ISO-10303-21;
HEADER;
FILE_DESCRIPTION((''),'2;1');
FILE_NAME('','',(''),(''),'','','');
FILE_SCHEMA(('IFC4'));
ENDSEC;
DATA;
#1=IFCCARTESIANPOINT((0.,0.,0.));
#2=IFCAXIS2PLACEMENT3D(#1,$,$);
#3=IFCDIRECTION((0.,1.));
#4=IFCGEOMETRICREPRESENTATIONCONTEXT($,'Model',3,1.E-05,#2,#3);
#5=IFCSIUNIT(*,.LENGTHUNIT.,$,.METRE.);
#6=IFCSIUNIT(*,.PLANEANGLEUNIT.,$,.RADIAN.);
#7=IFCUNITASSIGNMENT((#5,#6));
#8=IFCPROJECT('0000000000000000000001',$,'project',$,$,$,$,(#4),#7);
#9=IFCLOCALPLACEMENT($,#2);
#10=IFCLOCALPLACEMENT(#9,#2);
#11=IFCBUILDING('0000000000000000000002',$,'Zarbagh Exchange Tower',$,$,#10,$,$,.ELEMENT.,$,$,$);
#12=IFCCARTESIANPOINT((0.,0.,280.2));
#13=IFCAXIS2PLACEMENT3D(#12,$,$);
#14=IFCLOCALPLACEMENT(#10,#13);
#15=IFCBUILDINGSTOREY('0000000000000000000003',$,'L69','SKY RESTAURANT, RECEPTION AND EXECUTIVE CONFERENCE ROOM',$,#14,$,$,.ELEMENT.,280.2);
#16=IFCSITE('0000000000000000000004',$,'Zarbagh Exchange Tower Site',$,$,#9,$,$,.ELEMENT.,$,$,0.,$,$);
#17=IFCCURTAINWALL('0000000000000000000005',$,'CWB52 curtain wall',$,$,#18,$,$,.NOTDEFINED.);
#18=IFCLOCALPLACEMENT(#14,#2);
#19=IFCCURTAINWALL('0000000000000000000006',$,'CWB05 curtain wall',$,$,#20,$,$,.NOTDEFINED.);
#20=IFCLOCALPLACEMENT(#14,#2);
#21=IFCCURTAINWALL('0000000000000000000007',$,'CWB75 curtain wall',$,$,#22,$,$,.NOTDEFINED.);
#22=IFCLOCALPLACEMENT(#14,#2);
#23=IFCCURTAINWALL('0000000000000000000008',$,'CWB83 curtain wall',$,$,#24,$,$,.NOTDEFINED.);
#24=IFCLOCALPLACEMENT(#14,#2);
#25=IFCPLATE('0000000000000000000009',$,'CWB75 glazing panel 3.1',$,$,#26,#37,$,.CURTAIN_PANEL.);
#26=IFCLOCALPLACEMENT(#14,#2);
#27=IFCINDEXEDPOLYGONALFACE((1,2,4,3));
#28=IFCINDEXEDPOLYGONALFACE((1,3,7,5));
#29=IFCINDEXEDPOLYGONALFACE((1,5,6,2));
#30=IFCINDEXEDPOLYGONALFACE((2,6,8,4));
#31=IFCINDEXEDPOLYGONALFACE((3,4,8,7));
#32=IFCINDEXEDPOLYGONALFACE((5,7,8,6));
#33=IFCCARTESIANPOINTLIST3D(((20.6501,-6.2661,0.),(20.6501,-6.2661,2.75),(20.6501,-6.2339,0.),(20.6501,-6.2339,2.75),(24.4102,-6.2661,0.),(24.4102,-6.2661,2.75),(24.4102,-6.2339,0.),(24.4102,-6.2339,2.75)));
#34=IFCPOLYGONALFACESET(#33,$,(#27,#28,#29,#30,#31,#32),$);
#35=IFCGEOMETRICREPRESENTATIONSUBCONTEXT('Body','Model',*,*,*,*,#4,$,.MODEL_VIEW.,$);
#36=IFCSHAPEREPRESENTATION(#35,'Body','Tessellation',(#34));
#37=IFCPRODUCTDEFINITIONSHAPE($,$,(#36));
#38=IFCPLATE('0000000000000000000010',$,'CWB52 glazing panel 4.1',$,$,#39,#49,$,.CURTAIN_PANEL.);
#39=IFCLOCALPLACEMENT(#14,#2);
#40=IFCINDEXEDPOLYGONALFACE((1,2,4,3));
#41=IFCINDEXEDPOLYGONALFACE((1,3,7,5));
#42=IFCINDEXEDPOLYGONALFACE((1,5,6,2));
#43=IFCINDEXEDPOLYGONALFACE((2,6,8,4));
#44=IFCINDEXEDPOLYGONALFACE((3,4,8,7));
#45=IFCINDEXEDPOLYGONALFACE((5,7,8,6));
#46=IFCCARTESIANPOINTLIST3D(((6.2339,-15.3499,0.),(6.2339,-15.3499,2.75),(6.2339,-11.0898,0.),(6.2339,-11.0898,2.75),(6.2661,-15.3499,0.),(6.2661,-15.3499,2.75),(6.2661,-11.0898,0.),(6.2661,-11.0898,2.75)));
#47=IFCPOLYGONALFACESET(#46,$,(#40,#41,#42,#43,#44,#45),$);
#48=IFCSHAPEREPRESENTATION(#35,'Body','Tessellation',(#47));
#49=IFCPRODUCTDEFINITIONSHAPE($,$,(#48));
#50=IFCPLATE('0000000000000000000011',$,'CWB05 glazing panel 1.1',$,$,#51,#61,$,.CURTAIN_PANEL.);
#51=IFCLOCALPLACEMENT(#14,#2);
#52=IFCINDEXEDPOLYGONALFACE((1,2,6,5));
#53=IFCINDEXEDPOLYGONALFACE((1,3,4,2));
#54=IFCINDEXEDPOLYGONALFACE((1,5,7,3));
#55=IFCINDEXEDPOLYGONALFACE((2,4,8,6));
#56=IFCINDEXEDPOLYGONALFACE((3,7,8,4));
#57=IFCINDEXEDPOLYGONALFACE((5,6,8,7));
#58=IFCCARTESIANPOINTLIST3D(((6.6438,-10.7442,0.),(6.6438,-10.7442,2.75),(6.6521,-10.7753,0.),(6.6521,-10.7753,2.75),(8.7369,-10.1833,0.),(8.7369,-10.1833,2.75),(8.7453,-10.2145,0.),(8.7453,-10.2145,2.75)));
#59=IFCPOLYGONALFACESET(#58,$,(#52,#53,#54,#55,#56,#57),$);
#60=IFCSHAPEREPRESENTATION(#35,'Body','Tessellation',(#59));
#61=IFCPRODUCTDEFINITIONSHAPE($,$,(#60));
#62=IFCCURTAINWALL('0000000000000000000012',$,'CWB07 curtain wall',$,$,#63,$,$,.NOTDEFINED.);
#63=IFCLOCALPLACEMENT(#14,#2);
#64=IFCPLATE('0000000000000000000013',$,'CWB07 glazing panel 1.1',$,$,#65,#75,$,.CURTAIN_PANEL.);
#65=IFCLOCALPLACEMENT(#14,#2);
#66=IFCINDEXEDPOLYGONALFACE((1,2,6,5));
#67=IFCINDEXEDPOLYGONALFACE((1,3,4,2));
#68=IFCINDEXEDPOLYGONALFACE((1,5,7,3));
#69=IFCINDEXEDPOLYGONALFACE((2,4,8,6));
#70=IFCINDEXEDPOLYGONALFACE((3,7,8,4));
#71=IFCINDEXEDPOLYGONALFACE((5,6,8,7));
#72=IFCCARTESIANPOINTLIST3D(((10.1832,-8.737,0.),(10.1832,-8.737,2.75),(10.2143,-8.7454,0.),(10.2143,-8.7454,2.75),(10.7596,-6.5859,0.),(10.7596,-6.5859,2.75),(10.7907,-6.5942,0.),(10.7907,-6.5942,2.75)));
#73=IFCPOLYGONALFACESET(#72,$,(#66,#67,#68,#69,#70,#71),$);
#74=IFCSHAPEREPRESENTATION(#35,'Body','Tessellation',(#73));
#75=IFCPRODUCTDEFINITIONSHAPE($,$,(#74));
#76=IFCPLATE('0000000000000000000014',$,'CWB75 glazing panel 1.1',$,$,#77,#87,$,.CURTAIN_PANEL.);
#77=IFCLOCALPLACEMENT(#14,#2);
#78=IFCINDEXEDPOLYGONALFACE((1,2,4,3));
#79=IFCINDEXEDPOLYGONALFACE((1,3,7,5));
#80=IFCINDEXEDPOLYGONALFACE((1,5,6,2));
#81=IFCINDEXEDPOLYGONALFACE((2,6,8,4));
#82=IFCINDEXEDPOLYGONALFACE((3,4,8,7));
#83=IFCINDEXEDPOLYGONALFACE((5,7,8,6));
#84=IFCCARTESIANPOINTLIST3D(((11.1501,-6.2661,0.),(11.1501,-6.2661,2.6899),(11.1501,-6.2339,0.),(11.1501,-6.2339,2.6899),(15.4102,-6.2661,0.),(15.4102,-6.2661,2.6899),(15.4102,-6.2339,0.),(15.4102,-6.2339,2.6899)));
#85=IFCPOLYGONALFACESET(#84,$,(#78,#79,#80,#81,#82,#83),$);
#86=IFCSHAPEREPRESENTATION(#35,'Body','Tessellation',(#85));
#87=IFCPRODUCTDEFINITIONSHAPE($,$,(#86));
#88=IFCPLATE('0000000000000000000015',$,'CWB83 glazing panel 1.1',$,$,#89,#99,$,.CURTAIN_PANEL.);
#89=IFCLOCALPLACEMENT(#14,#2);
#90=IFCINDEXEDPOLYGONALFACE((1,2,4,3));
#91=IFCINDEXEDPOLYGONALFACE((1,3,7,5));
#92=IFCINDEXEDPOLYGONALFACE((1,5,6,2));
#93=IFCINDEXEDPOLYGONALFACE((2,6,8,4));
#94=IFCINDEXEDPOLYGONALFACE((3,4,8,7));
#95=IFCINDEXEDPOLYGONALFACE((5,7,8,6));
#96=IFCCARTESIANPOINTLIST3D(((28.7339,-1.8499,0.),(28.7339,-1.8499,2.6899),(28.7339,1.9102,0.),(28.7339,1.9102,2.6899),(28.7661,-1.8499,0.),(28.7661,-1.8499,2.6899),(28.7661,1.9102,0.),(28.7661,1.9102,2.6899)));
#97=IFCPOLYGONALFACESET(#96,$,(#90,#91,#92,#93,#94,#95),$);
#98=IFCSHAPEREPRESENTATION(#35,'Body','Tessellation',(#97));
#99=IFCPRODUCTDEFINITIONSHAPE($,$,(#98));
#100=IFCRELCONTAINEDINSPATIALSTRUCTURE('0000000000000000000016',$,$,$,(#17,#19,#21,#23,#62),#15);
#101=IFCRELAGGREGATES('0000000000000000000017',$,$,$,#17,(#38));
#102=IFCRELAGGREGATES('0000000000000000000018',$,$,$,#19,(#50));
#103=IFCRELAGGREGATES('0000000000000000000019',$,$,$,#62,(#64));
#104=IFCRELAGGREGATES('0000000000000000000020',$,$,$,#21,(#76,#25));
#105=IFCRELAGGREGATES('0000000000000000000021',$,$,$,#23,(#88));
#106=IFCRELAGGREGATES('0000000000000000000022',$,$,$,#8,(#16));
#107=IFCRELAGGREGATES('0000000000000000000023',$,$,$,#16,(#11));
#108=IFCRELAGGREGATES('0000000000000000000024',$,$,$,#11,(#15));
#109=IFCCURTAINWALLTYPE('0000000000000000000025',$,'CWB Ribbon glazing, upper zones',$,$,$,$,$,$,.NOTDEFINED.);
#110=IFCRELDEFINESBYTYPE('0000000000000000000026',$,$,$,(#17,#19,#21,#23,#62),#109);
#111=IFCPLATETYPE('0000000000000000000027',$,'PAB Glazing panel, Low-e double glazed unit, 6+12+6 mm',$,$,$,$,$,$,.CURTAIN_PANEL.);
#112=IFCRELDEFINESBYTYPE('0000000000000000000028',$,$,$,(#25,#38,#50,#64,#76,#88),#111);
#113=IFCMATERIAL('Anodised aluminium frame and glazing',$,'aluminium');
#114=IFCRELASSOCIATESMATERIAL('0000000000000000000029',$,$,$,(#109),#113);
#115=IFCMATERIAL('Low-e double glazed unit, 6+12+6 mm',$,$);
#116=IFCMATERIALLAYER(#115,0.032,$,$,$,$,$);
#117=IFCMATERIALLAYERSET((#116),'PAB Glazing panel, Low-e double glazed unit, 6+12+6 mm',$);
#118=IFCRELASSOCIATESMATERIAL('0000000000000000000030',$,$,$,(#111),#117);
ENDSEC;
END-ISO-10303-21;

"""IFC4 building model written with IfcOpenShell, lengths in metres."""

from ifc_helpers import new_model, si_unit, direction, frame, origin, place, context, subcontext, project, spatial, polyline, outline, extrude, source, transform, mapped, material, layer, layer_set, type_object, element, aggregate, save


model = new_model("IFC4")

# Units and contexts
model_context = context("Model", 3, precision=1e-05, world=origin(), true_north=direction((0.0, 1.0)))
body_context = subcontext(model_context, "Body", "Model", "MODEL_VIEW")
ifc_project = project(units=[si_unit("LENGTHUNIT", "METRE"), si_unit("PLANEANGLEUNIT", "RADIAN")], contexts=[model_context])

# Site, building, storey
site_placement = place(None, origin())
site = spatial("IfcSite", under=ifc_project, at=site_placement, Name="Zarbagh Exchange Tower Site", CompositionType="ELEMENT", RefElevation=0.0)
building_placement = place(site_placement, origin())
building = spatial("IfcBuilding", under=site, at=building_placement, Name="Zarbagh Exchange Tower", CompositionType="ELEMENT")
storey_placement = place(building_placement, frame((0.0, 0.0, 280.2)))
storey = spatial("IfcBuildingStorey", under=building, at=storey_placement, Name="L69", Description="SKY RESTAURANT, RECEPTION AND EXECUTIVE CONFERENCE ROOM", CompositionType="ELEMENT", Elevation=280.2)

# Curtain walls
ifc_material_1 = material(Name="Anodised aluminium frame and glazing", Category="aluminium")
curtain_wall_type = type_object("IfcCurtainWallType", Name="CWB Ribbon glazing, upper zones", PredefinedType="NOTDEFINED", material=ifc_material_1)
curtain_wall_1_placement = place(storey_placement, origin())
curtain_wall_1 = element("IfcCurtainWall", 1, at=curtain_wall_1_placement, inside=storey, type_object=curtain_wall_type, Name="CWB52 curtain wall", PredefinedType="NOTDEFINED")
placement = place(storey_placement, origin())
curtain_wall_2_placement = place(storey_placement, origin())
curtain_wall_2 = element("IfcCurtainWall", 2, at=curtain_wall_2_placement, inside=storey, type_object=curtain_wall_type, Name="CWB05 curtain wall", PredefinedType="NOTDEFINED")

# Curtain wall
curtain_wall_3_placement = place(storey_placement, origin())
curtain_wall_3 = element("IfcCurtainWall", 3, at=curtain_wall_3_placement, inside=storey, type_object=curtain_wall_type, Name="CWB75 curtain wall", PredefinedType="NOTDEFINED")

# Curtain wall
curtain_wall_4_placement = place(storey_placement, origin())
curtain_wall_4 = element("IfcCurtainWall", 4, at=curtain_wall_4_placement, inside=storey, type_object=curtain_wall_type, Name="CWB83 curtain wall", PredefinedType="NOTDEFINED")

# Shared definitions
ifc_material_2 = material(Name="Low-e double glazed unit, 6+12+6 mm")
ifc_layer = layer(ifc_material_2, 0.032)
ifc_layer_set = layer_set([ifc_layer], Name="PAB Glazing panel, Low-e double glazed unit, 6+12+6 mm")
plate_type = type_object("IfcPlateType", Name="PAB Glazing panel, Low-e double glazed unit, 6+12+6 mm", PredefinedType="CURTAIN_PANEL", material=ifc_layer_set)

# Plates
shared_shape_1 = source(origin(), body_context, "Body", "SweptSolid", [
    extrude(outline(polyline([(0.0, -0.0161), (3.76, -0.0161), (3.76, 0.0161), (0.0, 0.0161), (0.0, -0.0161)])), origin(), (0.0, 0.0, 1.0), 2.75),
])
plate_1 = element("IfcPlate", 5, at=placement, type_object=plate_type, Name="CWB75 glazing panel 3.1", PredefinedType="CURTAIN_PANEL", context=body_context, shape_type="MappedRepresentation", body=[
    mapped(shared_shape_1, transform((20.6501, -6.25, 0.0), x_axis=(1.0, 0.0, 0.0), y_axis=(0.0, 1.0, 0.0), z_axis=(0.0, 0.0, 1.0))),
])
shared_shape_2 = source(origin(), body_context, "Body", "SweptSolid", [
    extrude(outline(polyline([(0.0, -0.0161), (4.26, -0.0161), (4.26, 0.0161), (0.0, 0.0161), (0.0, -0.0161)])), origin(), (0.0, 0.0, 1.0), 2.75),
])
plate_2 = element("IfcPlate", 6, at=placement, type_object=plate_type, Name="CWB52 glazing panel 4.1", PredefinedType="CURTAIN_PANEL", context=body_context, shape_type="MappedRepresentation", body=[
    mapped(shared_shape_2, transform((6.25, -15.3499, 0.0), x_axis=(0.0, 1.0, 0.0), y_axis=(-1.0, 0.0, 0.0), z_axis=(0.0, 0.0, 1.0))),
])
aggregate(curtain_wall_1, [plate_2])
shared_shape_3 = source(origin(), body_context, "Body", "SweptSolid", [
    extrude(outline(polyline([(0.0, -0.0161), (2.167, -0.0161), (2.167, 0.0161), (0.0, 0.0161), (0.0, -0.0161)])), origin(), (0.0, 0.0, 1.0), 2.75),
])
plate_3 = element("IfcPlate", 7, at=placement, type_object=plate_type, Name="CWB05 glazing panel 1.1", PredefinedType="CURTAIN_PANEL", context=body_context, shape_type="MappedRepresentation", body=[
    mapped(shared_shape_3, transform((6.6479, -10.7598, 0.0), x_axis=(0.965924, 0.258825, 0.0), y_axis=(-0.258825, 0.965924, 0.0), z_axis=(0.0, 0.0, 1.0))),
])
aggregate(curtain_wall_2, [plate_3])

# Curtain wall, plate
curtain_wall_5_placement = place(storey_placement, origin())
curtain_wall_5 = element("IfcCurtainWall", 8, at=curtain_wall_5_placement, inside=storey, type_object=curtain_wall_type, Name="CWB07 curtain wall", PredefinedType="NOTDEFINED")
shared_shape_4 = source(origin(), body_context, "Body", "SweptSolid", [
    extrude(outline(polyline([(0.0, -0.0161), (2.2271, -0.0161), (2.2271, 0.0161), (0.0, 0.0161), (0.0, -0.0161)])), origin(), (0.0, 0.0, 1.0), 2.75),
])
plate_4 = element("IfcPlate", 9, at=placement, type_object=plate_type, Name="CWB07 glazing panel 1.1", PredefinedType="CURTAIN_PANEL", context=body_context, shape_type="MappedRepresentation", body=[
    mapped(shared_shape_4, transform((10.1987, -8.7412, 0.0), x_axis=(0.258825, 0.965924, 0.0), y_axis=(-0.965924, 0.258825, 0.0), z_axis=(0.0, 0.0, 1.0))),
])
aggregate(curtain_wall_5, [plate_4])

# Plates
shared_shape_5 = source(origin(), body_context, "Body", "SweptSolid", [
    extrude(outline(polyline([(0.0, -0.0161), (4.26, -0.0161), (4.26, 0.0161), (0.0, 0.0161), (0.0, -0.0161)])), origin(), (0.0, 0.0, 1.0), 2.6899),
])
plate_5 = element("IfcPlate", 10, at=placement, type_object=plate_type, Name="CWB75 glazing panel 1.1", PredefinedType="CURTAIN_PANEL", context=body_context, shape_type="MappedRepresentation", body=[
    mapped(shared_shape_5, transform((11.1501, -6.25, 0.0), x_axis=(1.0, 0.0, 0.0), y_axis=(0.0, 1.0, 0.0), z_axis=(0.0, 0.0, 1.0))),
])
aggregate(curtain_wall_3, [plate_5, plate_1])
shared_shape_6 = source(origin(), body_context, "Body", "SweptSolid", [
    extrude(outline(polyline([(0.0, -0.0161), (3.76, -0.0161), (3.76, 0.0161), (0.0, 0.0161), (0.0, -0.0161)])), origin(), (0.0, 0.0, 1.0), 2.6899),
])
plate_6 = element("IfcPlate", 11, at=placement, type_object=plate_type, Name="CWB83 glazing panel 1.1", PredefinedType="CURTAIN_PANEL", context=body_context, shape_type="MappedRepresentation", body=[
    mapped(shared_shape_6, transform((28.75, -1.8499, 0.0), x_axis=(0.0, 1.0, 0.0), y_axis=(-1.0, 0.0, 0.0), z_axis=(0.0, 0.0, 1.0))),
])
aggregate(curtain_wall_4, [plate_6])

save(model, "model.ifc")
